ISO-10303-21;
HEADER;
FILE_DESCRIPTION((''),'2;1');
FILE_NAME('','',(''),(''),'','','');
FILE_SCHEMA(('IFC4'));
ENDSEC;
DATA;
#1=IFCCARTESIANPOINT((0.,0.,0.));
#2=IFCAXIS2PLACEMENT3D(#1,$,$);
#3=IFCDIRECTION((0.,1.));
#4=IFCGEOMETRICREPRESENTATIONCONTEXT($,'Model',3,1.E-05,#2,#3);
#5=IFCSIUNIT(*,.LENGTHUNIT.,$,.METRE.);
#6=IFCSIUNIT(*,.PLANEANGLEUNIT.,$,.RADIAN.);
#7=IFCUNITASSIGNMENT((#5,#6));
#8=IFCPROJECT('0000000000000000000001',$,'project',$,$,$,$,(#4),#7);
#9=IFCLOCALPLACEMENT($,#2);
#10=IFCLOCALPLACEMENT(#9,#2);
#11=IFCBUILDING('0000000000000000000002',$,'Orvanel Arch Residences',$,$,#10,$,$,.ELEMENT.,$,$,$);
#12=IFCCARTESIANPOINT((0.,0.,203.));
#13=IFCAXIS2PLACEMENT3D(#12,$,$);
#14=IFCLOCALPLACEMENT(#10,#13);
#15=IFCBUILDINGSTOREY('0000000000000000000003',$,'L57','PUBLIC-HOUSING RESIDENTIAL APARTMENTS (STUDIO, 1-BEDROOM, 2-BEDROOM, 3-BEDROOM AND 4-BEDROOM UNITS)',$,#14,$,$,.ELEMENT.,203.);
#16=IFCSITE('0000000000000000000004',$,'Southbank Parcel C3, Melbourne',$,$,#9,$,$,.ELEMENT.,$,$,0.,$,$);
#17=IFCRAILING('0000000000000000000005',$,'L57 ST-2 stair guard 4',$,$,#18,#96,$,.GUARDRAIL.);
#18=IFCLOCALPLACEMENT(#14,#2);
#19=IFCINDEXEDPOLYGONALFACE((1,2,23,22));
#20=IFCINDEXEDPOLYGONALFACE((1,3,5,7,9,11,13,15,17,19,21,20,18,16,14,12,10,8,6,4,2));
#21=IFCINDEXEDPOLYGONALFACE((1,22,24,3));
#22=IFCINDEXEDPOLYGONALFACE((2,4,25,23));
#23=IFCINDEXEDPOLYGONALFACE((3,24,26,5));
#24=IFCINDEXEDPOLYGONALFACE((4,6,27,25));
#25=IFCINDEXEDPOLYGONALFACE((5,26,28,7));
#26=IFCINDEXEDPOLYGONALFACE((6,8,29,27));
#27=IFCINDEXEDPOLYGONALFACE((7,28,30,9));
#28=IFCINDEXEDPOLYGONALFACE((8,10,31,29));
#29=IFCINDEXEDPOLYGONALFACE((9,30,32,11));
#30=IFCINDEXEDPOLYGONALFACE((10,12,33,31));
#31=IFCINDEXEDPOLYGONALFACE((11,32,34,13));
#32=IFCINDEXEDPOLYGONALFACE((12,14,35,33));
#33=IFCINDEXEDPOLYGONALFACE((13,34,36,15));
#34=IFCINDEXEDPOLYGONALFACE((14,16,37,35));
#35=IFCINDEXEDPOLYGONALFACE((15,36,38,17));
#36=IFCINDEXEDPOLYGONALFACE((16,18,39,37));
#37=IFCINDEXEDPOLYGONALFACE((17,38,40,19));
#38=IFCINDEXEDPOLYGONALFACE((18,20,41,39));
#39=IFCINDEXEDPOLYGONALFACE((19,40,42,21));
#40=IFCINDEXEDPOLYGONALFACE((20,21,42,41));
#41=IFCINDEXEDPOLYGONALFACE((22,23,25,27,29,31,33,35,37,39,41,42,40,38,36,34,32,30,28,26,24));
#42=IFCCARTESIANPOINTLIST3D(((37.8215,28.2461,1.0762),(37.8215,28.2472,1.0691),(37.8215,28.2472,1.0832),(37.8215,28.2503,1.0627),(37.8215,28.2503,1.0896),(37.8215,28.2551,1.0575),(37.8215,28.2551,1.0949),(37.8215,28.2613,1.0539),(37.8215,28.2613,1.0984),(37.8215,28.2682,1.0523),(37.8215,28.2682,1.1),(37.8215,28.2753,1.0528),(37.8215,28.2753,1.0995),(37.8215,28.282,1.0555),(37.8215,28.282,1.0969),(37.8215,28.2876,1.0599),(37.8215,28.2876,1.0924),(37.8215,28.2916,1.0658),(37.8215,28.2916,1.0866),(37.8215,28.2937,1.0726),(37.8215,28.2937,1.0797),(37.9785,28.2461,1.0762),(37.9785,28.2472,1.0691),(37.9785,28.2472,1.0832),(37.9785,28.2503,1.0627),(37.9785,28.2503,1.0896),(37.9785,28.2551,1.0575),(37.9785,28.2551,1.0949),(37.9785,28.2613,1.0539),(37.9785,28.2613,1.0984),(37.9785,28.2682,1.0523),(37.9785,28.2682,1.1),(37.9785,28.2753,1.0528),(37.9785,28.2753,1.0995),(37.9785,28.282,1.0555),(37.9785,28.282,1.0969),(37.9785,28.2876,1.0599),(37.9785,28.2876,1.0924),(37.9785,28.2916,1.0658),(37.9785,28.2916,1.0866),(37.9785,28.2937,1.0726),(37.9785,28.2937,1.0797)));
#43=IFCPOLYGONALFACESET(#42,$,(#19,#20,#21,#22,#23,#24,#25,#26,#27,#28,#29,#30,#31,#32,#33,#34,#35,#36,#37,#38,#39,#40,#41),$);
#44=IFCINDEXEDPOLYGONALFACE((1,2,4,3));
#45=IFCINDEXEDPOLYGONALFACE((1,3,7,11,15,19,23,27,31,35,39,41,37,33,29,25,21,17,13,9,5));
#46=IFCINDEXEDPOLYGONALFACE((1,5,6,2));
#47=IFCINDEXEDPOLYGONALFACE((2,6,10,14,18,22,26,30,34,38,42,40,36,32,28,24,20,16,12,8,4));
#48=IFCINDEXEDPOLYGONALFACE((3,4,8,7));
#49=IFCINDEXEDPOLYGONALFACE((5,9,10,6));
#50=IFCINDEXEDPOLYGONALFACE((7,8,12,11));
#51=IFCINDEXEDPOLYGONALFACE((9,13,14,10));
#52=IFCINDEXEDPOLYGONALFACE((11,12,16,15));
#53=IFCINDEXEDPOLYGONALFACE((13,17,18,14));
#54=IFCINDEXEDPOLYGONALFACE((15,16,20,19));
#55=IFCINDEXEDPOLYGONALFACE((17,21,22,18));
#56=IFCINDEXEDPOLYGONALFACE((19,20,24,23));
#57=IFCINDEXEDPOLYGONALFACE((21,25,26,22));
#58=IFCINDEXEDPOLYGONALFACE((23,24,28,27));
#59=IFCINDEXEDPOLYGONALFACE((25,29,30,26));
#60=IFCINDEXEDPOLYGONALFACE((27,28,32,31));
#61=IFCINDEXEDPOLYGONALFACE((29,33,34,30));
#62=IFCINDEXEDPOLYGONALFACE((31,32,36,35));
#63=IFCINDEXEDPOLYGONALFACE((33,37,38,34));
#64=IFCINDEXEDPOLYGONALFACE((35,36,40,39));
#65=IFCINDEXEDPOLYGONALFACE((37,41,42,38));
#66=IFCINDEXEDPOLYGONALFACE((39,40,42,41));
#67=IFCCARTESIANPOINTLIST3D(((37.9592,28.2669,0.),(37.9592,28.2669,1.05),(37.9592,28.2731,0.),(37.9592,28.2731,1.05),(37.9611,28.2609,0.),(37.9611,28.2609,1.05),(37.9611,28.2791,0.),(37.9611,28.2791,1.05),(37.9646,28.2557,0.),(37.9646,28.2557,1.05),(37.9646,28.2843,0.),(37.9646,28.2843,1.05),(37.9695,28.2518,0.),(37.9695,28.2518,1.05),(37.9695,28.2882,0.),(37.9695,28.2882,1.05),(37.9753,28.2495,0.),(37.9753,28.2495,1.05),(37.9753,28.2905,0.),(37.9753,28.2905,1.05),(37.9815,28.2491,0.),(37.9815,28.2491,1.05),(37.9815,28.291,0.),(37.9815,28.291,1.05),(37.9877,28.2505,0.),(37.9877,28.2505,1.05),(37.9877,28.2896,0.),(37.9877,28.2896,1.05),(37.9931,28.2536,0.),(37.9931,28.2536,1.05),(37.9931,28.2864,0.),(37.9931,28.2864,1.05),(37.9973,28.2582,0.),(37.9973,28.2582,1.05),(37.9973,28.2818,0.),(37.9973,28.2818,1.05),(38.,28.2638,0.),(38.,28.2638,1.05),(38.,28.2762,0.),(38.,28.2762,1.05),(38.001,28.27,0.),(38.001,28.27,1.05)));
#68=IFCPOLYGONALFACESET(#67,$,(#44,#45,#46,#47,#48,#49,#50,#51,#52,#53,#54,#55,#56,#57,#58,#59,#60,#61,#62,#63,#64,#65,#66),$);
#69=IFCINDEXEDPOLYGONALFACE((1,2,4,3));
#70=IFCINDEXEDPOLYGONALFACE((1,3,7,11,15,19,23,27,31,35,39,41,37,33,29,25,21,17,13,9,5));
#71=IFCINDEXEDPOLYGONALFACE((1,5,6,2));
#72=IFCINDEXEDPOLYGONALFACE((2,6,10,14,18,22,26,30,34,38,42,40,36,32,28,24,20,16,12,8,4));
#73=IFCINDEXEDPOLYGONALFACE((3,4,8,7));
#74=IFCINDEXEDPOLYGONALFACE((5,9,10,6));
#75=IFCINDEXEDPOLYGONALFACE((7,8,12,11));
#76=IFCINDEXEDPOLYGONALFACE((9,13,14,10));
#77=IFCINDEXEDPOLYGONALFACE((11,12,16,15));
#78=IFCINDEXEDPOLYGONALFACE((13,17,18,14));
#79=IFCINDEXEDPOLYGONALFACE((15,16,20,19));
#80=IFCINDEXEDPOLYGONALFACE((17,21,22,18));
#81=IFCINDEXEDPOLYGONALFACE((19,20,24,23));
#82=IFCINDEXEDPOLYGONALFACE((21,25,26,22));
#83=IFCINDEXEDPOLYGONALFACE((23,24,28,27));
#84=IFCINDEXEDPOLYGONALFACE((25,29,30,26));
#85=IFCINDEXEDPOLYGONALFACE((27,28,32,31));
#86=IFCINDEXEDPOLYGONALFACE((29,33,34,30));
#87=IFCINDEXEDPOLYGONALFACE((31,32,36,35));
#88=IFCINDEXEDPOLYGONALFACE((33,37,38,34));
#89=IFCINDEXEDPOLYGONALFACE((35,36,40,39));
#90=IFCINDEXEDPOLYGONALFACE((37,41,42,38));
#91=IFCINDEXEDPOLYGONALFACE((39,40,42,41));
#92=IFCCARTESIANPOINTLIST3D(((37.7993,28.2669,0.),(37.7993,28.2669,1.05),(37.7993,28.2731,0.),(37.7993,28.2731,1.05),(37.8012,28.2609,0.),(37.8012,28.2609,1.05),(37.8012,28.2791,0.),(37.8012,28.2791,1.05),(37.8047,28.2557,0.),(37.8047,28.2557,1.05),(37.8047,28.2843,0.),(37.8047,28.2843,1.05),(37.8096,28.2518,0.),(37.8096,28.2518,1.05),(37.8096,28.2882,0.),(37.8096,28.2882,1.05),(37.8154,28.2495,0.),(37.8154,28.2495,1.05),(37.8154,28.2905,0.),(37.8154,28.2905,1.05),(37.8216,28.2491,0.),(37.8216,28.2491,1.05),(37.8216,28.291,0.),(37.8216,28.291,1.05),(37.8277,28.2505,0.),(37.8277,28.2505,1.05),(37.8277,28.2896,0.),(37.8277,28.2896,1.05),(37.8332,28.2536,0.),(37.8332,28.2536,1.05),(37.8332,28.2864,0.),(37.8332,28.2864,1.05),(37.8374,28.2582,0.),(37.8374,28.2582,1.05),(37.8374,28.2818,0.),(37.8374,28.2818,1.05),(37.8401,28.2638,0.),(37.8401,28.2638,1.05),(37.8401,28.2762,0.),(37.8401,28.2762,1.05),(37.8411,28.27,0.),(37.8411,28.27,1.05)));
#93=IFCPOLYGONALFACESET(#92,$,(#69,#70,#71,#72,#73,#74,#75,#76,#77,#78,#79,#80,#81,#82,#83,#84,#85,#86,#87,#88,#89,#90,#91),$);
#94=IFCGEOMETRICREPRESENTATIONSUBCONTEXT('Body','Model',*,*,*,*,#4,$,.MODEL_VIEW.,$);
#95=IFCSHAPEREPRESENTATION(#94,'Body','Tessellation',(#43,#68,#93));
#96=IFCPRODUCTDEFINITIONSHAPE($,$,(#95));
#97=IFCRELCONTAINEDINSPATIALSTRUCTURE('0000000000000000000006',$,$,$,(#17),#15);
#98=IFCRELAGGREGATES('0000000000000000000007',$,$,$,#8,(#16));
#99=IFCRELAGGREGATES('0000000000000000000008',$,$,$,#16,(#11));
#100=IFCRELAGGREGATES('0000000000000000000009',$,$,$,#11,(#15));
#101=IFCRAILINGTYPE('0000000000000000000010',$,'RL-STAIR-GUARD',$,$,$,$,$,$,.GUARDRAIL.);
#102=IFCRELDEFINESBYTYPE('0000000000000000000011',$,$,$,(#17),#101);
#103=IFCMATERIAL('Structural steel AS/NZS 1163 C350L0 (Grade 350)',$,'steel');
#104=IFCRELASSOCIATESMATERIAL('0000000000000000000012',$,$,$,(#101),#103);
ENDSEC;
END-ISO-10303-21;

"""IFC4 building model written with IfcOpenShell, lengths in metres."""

from ifc_helpers import new_model, si_unit, direction, frame, origin, origin_2d, place, context, subcontext, project, spatial, circle, extrude, material, type_object, element, save


model = new_model("IFC4")

# Units and contexts
model_context = context("Model", 3, precision=1e-05, world=origin(), true_north=direction((0.0, 1.0)))
body_context = subcontext(model_context, "Body", "Model", "MODEL_VIEW")
ifc_project = project(units=[si_unit("LENGTHUNIT", "METRE"), si_unit("PLANEANGLEUNIT", "RADIAN")], contexts=[model_context])

# Site, building, storey
site_placement = place(None, origin())
site = spatial("IfcSite", under=ifc_project, at=site_placement, Name="Southbank Parcel C3, Melbourne", CompositionType="ELEMENT", RefElevation=0.0)
building_placement = place(site_placement, origin())
building = spatial("IfcBuilding", under=site, at=building_placement, Name="Orvanel Arch Residences", CompositionType="ELEMENT")
storey_placement = place(building_placement, frame((0.0, 0.0, 203.0)))
storey = spatial("IfcBuildingStorey", under=building, at=storey_placement, Name="L57", Description="PUBLIC-HOUSING RESIDENTIAL APARTMENTS (STUDIO, 1-BEDROOM, 2-BEDROOM, 3-BEDROOM AND 4-BEDROOM UNITS)", CompositionType="ELEMENT", Elevation=203.0)

# Railing
ifc_material_1 = material(Name="Structural steel AS/NZS 1163 C350L0 (Grade 350)", Category="steel")
railing_type_1 = type_object("IfcRailingType", Name="RL-STAIR-GUARD", PredefinedType="GUARDRAIL", material=ifc_material_1)
railing_1_placement = place(storey_placement, frame((37.98, 28.27, 0.0)))
element("IfcRailing", 1, at=railing_1_placement, inside=storey, type_object=railing_type_1, Name="L57 ST-2 stair guard 4", PredefinedType="GUARDRAIL", context=body_context, shape_type="SweptSolid", body=[
    extrude(circle(Radius=0.0239, at=origin_2d()), frame((-0.0015, 0.0, 1.0762), z_axis=(-1.0, 0.0, 0.0), x_axis=(0.0, -1.0, 0.0)), (0.0, 0.0, 1.0), 0.157),
    extrude(circle(Radius=0.021, at=origin_2d()), origin(), (0.0, 0.0, 1.0), 1.05),
    extrude(circle(Radius=0.021, at=origin_2d()), frame((-0.1599, 0.0, 0.0)), (0.0, 0.0, 1.0), 1.05),
])

save(model, "model.ifc")
